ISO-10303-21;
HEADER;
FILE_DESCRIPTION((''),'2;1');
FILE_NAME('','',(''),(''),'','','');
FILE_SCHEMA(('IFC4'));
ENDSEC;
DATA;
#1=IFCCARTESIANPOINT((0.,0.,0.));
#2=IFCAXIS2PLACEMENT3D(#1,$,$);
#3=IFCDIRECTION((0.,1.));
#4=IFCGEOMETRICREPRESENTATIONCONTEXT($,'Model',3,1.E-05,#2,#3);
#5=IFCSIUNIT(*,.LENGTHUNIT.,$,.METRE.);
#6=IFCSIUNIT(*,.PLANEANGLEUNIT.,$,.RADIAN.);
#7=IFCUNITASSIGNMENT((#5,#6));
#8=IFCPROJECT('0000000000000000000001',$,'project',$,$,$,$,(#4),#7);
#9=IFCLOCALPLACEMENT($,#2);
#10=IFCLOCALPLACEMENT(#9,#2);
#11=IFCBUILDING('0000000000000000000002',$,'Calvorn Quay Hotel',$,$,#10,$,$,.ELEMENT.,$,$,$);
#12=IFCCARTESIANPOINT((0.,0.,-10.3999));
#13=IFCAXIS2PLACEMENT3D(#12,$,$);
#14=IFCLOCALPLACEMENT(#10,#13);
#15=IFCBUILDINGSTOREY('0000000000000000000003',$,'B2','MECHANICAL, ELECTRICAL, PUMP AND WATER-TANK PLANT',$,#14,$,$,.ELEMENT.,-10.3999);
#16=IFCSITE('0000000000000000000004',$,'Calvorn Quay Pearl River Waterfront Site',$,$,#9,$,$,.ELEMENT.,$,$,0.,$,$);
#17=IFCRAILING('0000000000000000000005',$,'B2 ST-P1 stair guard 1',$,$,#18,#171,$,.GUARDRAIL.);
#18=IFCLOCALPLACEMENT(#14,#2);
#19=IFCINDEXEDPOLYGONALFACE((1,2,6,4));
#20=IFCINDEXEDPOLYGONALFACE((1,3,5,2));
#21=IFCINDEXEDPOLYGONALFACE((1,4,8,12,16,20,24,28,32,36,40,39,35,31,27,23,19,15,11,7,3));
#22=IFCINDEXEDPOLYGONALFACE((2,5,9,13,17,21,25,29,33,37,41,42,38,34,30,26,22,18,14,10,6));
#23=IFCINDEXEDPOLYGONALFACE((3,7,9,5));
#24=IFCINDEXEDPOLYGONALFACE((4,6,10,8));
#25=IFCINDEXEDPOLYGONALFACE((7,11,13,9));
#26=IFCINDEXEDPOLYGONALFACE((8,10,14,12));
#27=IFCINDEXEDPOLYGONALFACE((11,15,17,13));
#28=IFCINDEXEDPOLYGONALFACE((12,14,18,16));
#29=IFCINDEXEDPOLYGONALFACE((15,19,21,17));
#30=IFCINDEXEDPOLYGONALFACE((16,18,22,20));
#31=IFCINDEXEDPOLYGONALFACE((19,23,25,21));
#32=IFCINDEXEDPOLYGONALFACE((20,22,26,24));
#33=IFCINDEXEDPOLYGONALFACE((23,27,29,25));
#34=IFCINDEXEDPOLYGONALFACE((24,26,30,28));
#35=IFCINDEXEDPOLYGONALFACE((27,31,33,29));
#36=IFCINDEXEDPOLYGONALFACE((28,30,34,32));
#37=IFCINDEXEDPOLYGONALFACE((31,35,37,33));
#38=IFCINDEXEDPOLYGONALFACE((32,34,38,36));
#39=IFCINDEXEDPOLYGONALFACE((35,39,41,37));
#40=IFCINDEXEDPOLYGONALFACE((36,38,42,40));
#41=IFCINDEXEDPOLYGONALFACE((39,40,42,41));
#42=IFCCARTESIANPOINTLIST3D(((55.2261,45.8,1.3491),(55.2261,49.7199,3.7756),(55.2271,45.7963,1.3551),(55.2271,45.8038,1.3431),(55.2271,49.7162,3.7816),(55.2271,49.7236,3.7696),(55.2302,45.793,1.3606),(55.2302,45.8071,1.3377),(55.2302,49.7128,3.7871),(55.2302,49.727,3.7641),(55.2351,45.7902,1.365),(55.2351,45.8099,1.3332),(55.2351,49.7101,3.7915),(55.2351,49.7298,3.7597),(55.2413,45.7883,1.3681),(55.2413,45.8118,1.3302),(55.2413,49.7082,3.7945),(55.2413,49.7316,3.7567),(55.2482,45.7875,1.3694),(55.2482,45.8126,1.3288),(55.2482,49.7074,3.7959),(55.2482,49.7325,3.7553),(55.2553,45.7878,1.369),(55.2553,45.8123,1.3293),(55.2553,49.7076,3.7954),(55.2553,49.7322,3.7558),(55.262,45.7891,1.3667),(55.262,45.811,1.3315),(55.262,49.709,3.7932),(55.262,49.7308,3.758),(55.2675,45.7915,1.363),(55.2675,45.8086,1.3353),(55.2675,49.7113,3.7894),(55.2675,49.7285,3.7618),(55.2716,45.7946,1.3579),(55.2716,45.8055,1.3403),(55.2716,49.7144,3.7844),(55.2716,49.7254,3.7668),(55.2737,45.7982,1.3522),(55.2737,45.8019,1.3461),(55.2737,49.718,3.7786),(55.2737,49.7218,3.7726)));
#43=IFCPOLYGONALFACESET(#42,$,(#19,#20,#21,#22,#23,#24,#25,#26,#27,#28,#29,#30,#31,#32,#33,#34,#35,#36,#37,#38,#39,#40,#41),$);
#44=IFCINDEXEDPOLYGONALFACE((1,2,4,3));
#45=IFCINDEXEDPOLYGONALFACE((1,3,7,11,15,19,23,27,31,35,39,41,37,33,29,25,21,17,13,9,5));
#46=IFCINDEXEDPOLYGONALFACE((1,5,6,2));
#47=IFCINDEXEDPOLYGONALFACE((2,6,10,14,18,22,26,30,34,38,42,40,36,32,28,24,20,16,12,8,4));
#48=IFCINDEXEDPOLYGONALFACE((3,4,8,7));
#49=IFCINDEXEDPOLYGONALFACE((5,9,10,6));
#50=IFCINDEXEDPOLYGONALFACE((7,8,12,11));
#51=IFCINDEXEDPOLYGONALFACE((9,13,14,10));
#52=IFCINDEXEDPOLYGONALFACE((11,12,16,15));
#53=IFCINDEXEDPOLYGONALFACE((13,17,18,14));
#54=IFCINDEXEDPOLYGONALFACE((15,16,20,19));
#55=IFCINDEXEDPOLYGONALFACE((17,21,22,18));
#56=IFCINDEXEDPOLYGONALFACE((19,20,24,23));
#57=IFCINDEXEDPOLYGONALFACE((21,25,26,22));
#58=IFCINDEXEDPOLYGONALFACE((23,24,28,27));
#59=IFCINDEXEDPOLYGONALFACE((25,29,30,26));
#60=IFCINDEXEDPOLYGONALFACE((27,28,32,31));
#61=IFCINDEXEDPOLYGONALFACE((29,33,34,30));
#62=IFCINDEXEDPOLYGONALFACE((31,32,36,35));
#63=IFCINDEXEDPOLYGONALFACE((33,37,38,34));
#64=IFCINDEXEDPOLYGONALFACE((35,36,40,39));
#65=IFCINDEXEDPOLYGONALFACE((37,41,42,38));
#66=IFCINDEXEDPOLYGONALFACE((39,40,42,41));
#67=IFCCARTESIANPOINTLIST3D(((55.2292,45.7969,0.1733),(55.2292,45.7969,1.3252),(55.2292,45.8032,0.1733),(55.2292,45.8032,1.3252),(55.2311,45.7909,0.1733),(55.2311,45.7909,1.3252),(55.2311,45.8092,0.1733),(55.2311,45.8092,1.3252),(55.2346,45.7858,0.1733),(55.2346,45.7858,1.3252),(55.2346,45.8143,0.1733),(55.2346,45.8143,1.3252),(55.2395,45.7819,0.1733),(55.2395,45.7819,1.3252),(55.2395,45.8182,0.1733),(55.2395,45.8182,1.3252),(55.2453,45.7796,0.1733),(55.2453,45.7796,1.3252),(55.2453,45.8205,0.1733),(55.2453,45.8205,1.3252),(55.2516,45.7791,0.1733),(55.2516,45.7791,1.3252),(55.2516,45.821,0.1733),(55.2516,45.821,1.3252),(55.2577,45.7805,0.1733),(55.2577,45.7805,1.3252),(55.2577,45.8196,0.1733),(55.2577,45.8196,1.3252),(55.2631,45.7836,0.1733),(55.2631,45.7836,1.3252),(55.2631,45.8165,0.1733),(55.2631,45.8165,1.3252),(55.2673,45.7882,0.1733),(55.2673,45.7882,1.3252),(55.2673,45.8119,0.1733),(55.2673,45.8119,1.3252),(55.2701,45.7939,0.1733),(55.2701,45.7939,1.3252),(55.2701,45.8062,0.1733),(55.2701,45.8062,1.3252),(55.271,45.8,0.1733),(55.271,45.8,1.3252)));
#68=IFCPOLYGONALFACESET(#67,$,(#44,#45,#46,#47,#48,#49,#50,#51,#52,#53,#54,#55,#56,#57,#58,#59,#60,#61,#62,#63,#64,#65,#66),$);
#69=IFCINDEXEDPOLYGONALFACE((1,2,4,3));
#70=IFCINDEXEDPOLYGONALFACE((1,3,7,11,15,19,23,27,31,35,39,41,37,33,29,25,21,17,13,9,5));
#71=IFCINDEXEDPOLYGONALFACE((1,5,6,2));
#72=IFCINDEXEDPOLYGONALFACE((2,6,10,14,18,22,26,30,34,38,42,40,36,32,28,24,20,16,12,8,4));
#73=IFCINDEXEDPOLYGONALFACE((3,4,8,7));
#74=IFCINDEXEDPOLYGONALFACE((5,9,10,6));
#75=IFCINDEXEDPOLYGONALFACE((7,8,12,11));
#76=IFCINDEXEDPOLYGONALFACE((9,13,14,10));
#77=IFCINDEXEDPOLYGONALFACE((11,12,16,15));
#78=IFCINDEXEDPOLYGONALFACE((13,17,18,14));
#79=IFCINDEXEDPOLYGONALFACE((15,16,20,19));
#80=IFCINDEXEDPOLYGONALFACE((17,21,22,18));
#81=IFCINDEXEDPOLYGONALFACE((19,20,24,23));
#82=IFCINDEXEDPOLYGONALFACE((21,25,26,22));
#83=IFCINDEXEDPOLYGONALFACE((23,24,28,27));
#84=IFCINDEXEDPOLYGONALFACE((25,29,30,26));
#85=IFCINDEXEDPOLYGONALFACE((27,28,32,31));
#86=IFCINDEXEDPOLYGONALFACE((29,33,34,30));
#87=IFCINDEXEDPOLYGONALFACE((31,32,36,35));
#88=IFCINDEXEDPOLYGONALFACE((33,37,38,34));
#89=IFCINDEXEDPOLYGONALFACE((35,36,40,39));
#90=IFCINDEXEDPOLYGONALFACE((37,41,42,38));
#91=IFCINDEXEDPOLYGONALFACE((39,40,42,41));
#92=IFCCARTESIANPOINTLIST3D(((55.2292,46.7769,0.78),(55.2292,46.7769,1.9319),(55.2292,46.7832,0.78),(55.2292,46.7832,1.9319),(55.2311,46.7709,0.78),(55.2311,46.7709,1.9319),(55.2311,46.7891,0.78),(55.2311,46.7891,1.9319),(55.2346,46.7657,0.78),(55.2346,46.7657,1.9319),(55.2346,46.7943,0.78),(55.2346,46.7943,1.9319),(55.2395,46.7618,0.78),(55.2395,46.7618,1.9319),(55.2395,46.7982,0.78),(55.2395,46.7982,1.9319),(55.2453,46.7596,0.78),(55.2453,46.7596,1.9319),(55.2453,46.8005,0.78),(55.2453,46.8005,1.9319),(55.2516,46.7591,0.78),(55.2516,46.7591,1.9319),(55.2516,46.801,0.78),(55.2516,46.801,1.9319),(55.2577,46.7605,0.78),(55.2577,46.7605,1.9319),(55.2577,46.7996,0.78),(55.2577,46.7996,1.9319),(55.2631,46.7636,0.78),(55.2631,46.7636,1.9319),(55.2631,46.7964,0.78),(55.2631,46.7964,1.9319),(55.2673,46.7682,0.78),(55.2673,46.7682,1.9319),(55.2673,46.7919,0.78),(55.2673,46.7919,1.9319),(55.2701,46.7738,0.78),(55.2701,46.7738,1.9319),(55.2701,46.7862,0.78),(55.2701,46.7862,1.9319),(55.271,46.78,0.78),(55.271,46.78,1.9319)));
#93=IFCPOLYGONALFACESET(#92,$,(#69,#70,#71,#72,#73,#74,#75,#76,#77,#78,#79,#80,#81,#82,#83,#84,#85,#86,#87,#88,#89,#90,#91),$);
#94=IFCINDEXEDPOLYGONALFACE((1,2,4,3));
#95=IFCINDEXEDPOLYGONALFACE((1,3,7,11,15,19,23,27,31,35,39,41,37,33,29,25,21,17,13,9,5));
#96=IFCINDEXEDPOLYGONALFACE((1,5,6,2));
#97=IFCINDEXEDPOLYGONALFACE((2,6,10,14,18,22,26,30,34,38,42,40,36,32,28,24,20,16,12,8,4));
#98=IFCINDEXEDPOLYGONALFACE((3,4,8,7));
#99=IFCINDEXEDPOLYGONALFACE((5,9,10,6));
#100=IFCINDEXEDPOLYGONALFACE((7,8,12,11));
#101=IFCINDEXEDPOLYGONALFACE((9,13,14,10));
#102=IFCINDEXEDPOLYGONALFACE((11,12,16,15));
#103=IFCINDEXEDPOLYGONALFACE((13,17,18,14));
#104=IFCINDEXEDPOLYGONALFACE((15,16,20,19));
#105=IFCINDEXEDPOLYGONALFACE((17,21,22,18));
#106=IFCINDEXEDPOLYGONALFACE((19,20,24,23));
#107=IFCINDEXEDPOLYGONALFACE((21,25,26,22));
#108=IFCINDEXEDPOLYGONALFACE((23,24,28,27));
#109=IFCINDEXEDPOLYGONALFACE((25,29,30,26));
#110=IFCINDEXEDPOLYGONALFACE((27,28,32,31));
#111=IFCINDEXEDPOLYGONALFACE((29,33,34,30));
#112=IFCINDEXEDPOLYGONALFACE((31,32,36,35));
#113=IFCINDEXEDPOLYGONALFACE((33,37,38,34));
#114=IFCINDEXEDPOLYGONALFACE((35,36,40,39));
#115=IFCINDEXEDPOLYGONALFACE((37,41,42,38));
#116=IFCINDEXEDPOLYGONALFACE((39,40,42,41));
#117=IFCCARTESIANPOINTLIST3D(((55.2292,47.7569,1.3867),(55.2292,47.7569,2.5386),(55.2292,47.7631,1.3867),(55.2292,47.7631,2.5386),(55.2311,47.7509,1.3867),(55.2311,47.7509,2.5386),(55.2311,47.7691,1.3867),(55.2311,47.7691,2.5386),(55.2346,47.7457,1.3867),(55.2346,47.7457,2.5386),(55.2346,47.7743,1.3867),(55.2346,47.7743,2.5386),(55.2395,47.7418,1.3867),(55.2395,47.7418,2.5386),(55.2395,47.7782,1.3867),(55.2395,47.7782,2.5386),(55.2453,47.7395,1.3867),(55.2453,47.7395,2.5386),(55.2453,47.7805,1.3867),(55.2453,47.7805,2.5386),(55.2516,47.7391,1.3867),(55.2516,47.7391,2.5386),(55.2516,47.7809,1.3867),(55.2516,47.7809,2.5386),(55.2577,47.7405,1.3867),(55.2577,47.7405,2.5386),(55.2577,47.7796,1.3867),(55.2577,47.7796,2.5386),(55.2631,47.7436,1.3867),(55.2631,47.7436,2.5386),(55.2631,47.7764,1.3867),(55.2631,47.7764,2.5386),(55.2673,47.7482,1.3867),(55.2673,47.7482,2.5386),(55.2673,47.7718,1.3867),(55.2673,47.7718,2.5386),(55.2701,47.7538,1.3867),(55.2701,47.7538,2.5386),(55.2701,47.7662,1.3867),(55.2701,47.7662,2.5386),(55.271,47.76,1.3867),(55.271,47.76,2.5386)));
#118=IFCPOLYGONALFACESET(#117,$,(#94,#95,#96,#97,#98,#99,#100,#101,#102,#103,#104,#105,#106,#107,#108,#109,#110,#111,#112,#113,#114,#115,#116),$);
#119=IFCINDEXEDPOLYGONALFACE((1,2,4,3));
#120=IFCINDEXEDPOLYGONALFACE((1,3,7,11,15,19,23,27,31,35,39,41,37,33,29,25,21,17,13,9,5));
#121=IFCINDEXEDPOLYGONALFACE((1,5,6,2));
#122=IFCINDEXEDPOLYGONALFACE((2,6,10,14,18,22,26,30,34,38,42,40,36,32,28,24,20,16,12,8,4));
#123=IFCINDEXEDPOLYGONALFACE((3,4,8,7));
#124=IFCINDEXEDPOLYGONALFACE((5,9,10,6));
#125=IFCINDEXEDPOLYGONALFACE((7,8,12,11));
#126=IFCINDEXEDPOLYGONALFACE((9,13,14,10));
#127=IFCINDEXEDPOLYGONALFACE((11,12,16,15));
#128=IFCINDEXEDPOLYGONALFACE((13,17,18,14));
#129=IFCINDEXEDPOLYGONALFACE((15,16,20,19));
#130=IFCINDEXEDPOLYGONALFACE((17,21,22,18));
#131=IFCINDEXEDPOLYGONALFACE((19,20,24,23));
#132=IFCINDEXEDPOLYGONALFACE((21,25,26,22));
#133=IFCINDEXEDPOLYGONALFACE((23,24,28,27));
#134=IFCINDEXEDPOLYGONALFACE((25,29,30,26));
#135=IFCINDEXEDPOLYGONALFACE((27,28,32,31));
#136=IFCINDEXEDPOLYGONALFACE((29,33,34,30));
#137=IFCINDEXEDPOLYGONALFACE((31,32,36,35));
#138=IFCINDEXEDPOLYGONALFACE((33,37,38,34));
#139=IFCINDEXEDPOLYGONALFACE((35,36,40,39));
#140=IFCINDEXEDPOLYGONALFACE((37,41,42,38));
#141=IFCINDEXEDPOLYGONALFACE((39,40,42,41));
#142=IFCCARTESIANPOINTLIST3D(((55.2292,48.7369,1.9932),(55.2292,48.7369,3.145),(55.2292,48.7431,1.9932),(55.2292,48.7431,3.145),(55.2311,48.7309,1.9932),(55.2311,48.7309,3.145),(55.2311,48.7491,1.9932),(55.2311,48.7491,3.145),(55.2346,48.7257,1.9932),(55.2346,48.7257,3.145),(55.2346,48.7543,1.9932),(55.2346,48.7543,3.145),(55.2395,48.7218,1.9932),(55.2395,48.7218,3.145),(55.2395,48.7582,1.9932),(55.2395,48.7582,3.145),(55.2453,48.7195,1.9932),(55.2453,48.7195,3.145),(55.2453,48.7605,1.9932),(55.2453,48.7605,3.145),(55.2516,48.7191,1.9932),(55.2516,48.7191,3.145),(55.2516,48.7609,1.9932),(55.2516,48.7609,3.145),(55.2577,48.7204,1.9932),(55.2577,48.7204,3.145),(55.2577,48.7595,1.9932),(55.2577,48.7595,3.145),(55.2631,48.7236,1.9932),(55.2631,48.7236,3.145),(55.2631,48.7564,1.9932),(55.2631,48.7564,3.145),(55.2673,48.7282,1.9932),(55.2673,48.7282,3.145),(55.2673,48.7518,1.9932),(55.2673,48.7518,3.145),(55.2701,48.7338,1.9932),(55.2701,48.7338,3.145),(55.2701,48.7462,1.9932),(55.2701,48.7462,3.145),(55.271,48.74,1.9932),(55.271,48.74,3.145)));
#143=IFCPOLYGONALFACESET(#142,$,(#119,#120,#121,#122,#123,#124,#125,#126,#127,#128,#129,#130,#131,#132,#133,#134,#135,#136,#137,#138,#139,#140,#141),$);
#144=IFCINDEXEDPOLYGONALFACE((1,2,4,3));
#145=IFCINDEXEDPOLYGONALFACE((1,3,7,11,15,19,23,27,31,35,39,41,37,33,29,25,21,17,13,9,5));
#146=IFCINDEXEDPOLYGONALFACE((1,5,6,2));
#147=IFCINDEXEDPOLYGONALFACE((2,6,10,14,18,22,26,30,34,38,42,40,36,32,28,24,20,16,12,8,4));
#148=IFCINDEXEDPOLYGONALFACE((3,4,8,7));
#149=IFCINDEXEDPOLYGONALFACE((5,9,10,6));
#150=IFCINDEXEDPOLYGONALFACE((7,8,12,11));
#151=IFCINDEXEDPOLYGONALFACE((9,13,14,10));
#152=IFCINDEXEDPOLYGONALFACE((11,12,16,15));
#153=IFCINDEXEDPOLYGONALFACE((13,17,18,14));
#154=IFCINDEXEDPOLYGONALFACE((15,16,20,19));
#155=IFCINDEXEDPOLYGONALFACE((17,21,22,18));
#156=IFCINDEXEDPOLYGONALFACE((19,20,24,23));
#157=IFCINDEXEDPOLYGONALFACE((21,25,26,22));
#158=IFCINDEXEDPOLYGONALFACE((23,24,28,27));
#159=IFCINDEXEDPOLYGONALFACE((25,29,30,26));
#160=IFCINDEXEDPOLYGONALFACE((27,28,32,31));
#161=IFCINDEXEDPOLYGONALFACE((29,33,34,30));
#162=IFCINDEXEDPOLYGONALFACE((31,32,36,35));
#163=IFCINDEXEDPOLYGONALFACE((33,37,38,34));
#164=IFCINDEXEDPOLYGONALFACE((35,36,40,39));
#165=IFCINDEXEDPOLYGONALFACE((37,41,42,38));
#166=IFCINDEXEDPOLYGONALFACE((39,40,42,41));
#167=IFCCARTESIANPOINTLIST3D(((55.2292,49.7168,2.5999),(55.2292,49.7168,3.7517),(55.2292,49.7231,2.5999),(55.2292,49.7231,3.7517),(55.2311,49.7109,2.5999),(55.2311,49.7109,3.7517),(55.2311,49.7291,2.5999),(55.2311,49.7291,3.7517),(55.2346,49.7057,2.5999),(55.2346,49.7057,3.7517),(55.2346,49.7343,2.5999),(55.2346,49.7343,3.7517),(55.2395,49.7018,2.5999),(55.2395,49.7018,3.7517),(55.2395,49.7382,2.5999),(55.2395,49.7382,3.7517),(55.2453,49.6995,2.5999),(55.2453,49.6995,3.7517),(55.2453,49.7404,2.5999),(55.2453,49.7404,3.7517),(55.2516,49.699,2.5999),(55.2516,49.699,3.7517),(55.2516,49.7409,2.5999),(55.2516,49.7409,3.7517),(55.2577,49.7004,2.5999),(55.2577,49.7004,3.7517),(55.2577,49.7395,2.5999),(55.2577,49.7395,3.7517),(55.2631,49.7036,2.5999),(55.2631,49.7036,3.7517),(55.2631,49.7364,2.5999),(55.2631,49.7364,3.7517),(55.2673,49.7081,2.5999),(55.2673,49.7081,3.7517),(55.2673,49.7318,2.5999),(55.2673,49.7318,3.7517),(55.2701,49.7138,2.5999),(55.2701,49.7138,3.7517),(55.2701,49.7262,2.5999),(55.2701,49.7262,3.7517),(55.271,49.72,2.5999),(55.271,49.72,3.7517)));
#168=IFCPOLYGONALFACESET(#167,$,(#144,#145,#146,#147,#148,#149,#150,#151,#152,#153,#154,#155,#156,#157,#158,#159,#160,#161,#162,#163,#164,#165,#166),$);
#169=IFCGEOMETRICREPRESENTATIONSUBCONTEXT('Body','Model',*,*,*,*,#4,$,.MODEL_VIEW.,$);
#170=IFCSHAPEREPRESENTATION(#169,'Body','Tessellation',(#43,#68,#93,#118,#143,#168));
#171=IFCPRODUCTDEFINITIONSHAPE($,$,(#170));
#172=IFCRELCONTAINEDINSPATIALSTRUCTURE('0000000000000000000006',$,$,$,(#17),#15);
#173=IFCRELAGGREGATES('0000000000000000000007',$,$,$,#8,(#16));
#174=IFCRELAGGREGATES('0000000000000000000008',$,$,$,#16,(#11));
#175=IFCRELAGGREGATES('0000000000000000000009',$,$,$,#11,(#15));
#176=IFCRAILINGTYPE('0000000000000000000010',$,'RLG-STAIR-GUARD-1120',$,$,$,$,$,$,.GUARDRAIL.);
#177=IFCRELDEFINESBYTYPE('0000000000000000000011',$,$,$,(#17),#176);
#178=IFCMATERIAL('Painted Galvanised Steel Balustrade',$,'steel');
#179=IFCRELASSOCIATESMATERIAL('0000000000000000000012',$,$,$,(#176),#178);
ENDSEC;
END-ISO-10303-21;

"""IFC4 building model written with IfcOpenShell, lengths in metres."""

from ifc_helpers import new_model, si_unit, direction, frame, origin, origin_2d, place, context, subcontext, project, spatial, circle, extrude, material, type_object, element, save


model = new_model("IFC4")

# Units and contexts
model_context = context("Model", 3, precision=1e-05, world=origin(), true_north=direction((0.0, 1.0)))
body_context = subcontext(model_context, "Body", "Model", "MODEL_VIEW")
ifc_project = project(units=[si_unit("LENGTHUNIT", "METRE"), si_unit("PLANEANGLEUNIT", "RADIAN")], contexts=[model_context])

# Site, building, storey
site_placement = place(None, origin())
site = spatial("IfcSite", under=ifc_project, at=site_placement, Name="Calvorn Quay Pearl River Waterfront Site", CompositionType="ELEMENT", RefElevation=0.0)
building_placement = place(site_placement, origin())
building = spatial("IfcBuilding", under=site, at=building_placement, Name="Calvorn Quay Hotel", CompositionType="ELEMENT")
storey_placement = place(building_placement, frame((0.0, 0.0, -10.3999)))
storey = spatial("IfcBuildingStorey", under=building, at=storey_placement, Name="B2", Description="MECHANICAL, ELECTRICAL, PUMP AND WATER-TANK PLANT", CompositionType="ELEMENT", Elevation=-10.3999)

# Railing
ifc_material_1 = material(Name="Painted Galvanised Steel Balustrade", Category="steel")
railing_type_1 = type_object("IfcRailingType", Name="RLG-STAIR-GUARD-1120", PredefinedType="GUARDRAIL", material=ifc_material_1)
railing_1_placement = place(storey_placement, frame((55.25, 45.8, 0.1733)))
element("IfcRailing", 1, at=railing_1_placement, inside=storey, type_object=railing_type_1, Name="B2 ST-P1 stair guard 1", PredefinedType="GUARDRAIL", context=body_context, shape_type="SweptSolid", body=[
    extrude(circle(Radius=0.0239, at=origin_2d()), frame((0.0, 0.0, 1.1758), z_axis=(0.0, 0.850275, 0.526338), x_axis=(-1.0, 0.0, 0.0)), (0.0, 0.0, 1.0), 4.6101),
    extrude(circle(Radius=0.021, at=origin_2d()), origin(), (0.0, 0.0, 1.0), 1.1519),
    extrude(circle(Radius=0.021, at=origin_2d()), frame((0.0, 0.98, 0.6067)), (0.0, 0.0, 1.0), 1.1519),
    extrude(circle(Radius=0.021, at=origin_2d()), frame((0.0, 1.96, 1.2134)), (0.0, 0.0, 1.0), 1.1519),
    extrude(circle(Radius=0.021, at=origin_2d()), frame((0.0, 2.9399, 1.8198)), (0.0, 0.0, 1.0), 1.1519),
    extrude(circle(Radius=0.021, at=origin_2d()), frame((0.0, 3.9199, 2.4265)), (0.0, 0.0, 1.0), 1.1519),
])

save(model, "model.ifc")
